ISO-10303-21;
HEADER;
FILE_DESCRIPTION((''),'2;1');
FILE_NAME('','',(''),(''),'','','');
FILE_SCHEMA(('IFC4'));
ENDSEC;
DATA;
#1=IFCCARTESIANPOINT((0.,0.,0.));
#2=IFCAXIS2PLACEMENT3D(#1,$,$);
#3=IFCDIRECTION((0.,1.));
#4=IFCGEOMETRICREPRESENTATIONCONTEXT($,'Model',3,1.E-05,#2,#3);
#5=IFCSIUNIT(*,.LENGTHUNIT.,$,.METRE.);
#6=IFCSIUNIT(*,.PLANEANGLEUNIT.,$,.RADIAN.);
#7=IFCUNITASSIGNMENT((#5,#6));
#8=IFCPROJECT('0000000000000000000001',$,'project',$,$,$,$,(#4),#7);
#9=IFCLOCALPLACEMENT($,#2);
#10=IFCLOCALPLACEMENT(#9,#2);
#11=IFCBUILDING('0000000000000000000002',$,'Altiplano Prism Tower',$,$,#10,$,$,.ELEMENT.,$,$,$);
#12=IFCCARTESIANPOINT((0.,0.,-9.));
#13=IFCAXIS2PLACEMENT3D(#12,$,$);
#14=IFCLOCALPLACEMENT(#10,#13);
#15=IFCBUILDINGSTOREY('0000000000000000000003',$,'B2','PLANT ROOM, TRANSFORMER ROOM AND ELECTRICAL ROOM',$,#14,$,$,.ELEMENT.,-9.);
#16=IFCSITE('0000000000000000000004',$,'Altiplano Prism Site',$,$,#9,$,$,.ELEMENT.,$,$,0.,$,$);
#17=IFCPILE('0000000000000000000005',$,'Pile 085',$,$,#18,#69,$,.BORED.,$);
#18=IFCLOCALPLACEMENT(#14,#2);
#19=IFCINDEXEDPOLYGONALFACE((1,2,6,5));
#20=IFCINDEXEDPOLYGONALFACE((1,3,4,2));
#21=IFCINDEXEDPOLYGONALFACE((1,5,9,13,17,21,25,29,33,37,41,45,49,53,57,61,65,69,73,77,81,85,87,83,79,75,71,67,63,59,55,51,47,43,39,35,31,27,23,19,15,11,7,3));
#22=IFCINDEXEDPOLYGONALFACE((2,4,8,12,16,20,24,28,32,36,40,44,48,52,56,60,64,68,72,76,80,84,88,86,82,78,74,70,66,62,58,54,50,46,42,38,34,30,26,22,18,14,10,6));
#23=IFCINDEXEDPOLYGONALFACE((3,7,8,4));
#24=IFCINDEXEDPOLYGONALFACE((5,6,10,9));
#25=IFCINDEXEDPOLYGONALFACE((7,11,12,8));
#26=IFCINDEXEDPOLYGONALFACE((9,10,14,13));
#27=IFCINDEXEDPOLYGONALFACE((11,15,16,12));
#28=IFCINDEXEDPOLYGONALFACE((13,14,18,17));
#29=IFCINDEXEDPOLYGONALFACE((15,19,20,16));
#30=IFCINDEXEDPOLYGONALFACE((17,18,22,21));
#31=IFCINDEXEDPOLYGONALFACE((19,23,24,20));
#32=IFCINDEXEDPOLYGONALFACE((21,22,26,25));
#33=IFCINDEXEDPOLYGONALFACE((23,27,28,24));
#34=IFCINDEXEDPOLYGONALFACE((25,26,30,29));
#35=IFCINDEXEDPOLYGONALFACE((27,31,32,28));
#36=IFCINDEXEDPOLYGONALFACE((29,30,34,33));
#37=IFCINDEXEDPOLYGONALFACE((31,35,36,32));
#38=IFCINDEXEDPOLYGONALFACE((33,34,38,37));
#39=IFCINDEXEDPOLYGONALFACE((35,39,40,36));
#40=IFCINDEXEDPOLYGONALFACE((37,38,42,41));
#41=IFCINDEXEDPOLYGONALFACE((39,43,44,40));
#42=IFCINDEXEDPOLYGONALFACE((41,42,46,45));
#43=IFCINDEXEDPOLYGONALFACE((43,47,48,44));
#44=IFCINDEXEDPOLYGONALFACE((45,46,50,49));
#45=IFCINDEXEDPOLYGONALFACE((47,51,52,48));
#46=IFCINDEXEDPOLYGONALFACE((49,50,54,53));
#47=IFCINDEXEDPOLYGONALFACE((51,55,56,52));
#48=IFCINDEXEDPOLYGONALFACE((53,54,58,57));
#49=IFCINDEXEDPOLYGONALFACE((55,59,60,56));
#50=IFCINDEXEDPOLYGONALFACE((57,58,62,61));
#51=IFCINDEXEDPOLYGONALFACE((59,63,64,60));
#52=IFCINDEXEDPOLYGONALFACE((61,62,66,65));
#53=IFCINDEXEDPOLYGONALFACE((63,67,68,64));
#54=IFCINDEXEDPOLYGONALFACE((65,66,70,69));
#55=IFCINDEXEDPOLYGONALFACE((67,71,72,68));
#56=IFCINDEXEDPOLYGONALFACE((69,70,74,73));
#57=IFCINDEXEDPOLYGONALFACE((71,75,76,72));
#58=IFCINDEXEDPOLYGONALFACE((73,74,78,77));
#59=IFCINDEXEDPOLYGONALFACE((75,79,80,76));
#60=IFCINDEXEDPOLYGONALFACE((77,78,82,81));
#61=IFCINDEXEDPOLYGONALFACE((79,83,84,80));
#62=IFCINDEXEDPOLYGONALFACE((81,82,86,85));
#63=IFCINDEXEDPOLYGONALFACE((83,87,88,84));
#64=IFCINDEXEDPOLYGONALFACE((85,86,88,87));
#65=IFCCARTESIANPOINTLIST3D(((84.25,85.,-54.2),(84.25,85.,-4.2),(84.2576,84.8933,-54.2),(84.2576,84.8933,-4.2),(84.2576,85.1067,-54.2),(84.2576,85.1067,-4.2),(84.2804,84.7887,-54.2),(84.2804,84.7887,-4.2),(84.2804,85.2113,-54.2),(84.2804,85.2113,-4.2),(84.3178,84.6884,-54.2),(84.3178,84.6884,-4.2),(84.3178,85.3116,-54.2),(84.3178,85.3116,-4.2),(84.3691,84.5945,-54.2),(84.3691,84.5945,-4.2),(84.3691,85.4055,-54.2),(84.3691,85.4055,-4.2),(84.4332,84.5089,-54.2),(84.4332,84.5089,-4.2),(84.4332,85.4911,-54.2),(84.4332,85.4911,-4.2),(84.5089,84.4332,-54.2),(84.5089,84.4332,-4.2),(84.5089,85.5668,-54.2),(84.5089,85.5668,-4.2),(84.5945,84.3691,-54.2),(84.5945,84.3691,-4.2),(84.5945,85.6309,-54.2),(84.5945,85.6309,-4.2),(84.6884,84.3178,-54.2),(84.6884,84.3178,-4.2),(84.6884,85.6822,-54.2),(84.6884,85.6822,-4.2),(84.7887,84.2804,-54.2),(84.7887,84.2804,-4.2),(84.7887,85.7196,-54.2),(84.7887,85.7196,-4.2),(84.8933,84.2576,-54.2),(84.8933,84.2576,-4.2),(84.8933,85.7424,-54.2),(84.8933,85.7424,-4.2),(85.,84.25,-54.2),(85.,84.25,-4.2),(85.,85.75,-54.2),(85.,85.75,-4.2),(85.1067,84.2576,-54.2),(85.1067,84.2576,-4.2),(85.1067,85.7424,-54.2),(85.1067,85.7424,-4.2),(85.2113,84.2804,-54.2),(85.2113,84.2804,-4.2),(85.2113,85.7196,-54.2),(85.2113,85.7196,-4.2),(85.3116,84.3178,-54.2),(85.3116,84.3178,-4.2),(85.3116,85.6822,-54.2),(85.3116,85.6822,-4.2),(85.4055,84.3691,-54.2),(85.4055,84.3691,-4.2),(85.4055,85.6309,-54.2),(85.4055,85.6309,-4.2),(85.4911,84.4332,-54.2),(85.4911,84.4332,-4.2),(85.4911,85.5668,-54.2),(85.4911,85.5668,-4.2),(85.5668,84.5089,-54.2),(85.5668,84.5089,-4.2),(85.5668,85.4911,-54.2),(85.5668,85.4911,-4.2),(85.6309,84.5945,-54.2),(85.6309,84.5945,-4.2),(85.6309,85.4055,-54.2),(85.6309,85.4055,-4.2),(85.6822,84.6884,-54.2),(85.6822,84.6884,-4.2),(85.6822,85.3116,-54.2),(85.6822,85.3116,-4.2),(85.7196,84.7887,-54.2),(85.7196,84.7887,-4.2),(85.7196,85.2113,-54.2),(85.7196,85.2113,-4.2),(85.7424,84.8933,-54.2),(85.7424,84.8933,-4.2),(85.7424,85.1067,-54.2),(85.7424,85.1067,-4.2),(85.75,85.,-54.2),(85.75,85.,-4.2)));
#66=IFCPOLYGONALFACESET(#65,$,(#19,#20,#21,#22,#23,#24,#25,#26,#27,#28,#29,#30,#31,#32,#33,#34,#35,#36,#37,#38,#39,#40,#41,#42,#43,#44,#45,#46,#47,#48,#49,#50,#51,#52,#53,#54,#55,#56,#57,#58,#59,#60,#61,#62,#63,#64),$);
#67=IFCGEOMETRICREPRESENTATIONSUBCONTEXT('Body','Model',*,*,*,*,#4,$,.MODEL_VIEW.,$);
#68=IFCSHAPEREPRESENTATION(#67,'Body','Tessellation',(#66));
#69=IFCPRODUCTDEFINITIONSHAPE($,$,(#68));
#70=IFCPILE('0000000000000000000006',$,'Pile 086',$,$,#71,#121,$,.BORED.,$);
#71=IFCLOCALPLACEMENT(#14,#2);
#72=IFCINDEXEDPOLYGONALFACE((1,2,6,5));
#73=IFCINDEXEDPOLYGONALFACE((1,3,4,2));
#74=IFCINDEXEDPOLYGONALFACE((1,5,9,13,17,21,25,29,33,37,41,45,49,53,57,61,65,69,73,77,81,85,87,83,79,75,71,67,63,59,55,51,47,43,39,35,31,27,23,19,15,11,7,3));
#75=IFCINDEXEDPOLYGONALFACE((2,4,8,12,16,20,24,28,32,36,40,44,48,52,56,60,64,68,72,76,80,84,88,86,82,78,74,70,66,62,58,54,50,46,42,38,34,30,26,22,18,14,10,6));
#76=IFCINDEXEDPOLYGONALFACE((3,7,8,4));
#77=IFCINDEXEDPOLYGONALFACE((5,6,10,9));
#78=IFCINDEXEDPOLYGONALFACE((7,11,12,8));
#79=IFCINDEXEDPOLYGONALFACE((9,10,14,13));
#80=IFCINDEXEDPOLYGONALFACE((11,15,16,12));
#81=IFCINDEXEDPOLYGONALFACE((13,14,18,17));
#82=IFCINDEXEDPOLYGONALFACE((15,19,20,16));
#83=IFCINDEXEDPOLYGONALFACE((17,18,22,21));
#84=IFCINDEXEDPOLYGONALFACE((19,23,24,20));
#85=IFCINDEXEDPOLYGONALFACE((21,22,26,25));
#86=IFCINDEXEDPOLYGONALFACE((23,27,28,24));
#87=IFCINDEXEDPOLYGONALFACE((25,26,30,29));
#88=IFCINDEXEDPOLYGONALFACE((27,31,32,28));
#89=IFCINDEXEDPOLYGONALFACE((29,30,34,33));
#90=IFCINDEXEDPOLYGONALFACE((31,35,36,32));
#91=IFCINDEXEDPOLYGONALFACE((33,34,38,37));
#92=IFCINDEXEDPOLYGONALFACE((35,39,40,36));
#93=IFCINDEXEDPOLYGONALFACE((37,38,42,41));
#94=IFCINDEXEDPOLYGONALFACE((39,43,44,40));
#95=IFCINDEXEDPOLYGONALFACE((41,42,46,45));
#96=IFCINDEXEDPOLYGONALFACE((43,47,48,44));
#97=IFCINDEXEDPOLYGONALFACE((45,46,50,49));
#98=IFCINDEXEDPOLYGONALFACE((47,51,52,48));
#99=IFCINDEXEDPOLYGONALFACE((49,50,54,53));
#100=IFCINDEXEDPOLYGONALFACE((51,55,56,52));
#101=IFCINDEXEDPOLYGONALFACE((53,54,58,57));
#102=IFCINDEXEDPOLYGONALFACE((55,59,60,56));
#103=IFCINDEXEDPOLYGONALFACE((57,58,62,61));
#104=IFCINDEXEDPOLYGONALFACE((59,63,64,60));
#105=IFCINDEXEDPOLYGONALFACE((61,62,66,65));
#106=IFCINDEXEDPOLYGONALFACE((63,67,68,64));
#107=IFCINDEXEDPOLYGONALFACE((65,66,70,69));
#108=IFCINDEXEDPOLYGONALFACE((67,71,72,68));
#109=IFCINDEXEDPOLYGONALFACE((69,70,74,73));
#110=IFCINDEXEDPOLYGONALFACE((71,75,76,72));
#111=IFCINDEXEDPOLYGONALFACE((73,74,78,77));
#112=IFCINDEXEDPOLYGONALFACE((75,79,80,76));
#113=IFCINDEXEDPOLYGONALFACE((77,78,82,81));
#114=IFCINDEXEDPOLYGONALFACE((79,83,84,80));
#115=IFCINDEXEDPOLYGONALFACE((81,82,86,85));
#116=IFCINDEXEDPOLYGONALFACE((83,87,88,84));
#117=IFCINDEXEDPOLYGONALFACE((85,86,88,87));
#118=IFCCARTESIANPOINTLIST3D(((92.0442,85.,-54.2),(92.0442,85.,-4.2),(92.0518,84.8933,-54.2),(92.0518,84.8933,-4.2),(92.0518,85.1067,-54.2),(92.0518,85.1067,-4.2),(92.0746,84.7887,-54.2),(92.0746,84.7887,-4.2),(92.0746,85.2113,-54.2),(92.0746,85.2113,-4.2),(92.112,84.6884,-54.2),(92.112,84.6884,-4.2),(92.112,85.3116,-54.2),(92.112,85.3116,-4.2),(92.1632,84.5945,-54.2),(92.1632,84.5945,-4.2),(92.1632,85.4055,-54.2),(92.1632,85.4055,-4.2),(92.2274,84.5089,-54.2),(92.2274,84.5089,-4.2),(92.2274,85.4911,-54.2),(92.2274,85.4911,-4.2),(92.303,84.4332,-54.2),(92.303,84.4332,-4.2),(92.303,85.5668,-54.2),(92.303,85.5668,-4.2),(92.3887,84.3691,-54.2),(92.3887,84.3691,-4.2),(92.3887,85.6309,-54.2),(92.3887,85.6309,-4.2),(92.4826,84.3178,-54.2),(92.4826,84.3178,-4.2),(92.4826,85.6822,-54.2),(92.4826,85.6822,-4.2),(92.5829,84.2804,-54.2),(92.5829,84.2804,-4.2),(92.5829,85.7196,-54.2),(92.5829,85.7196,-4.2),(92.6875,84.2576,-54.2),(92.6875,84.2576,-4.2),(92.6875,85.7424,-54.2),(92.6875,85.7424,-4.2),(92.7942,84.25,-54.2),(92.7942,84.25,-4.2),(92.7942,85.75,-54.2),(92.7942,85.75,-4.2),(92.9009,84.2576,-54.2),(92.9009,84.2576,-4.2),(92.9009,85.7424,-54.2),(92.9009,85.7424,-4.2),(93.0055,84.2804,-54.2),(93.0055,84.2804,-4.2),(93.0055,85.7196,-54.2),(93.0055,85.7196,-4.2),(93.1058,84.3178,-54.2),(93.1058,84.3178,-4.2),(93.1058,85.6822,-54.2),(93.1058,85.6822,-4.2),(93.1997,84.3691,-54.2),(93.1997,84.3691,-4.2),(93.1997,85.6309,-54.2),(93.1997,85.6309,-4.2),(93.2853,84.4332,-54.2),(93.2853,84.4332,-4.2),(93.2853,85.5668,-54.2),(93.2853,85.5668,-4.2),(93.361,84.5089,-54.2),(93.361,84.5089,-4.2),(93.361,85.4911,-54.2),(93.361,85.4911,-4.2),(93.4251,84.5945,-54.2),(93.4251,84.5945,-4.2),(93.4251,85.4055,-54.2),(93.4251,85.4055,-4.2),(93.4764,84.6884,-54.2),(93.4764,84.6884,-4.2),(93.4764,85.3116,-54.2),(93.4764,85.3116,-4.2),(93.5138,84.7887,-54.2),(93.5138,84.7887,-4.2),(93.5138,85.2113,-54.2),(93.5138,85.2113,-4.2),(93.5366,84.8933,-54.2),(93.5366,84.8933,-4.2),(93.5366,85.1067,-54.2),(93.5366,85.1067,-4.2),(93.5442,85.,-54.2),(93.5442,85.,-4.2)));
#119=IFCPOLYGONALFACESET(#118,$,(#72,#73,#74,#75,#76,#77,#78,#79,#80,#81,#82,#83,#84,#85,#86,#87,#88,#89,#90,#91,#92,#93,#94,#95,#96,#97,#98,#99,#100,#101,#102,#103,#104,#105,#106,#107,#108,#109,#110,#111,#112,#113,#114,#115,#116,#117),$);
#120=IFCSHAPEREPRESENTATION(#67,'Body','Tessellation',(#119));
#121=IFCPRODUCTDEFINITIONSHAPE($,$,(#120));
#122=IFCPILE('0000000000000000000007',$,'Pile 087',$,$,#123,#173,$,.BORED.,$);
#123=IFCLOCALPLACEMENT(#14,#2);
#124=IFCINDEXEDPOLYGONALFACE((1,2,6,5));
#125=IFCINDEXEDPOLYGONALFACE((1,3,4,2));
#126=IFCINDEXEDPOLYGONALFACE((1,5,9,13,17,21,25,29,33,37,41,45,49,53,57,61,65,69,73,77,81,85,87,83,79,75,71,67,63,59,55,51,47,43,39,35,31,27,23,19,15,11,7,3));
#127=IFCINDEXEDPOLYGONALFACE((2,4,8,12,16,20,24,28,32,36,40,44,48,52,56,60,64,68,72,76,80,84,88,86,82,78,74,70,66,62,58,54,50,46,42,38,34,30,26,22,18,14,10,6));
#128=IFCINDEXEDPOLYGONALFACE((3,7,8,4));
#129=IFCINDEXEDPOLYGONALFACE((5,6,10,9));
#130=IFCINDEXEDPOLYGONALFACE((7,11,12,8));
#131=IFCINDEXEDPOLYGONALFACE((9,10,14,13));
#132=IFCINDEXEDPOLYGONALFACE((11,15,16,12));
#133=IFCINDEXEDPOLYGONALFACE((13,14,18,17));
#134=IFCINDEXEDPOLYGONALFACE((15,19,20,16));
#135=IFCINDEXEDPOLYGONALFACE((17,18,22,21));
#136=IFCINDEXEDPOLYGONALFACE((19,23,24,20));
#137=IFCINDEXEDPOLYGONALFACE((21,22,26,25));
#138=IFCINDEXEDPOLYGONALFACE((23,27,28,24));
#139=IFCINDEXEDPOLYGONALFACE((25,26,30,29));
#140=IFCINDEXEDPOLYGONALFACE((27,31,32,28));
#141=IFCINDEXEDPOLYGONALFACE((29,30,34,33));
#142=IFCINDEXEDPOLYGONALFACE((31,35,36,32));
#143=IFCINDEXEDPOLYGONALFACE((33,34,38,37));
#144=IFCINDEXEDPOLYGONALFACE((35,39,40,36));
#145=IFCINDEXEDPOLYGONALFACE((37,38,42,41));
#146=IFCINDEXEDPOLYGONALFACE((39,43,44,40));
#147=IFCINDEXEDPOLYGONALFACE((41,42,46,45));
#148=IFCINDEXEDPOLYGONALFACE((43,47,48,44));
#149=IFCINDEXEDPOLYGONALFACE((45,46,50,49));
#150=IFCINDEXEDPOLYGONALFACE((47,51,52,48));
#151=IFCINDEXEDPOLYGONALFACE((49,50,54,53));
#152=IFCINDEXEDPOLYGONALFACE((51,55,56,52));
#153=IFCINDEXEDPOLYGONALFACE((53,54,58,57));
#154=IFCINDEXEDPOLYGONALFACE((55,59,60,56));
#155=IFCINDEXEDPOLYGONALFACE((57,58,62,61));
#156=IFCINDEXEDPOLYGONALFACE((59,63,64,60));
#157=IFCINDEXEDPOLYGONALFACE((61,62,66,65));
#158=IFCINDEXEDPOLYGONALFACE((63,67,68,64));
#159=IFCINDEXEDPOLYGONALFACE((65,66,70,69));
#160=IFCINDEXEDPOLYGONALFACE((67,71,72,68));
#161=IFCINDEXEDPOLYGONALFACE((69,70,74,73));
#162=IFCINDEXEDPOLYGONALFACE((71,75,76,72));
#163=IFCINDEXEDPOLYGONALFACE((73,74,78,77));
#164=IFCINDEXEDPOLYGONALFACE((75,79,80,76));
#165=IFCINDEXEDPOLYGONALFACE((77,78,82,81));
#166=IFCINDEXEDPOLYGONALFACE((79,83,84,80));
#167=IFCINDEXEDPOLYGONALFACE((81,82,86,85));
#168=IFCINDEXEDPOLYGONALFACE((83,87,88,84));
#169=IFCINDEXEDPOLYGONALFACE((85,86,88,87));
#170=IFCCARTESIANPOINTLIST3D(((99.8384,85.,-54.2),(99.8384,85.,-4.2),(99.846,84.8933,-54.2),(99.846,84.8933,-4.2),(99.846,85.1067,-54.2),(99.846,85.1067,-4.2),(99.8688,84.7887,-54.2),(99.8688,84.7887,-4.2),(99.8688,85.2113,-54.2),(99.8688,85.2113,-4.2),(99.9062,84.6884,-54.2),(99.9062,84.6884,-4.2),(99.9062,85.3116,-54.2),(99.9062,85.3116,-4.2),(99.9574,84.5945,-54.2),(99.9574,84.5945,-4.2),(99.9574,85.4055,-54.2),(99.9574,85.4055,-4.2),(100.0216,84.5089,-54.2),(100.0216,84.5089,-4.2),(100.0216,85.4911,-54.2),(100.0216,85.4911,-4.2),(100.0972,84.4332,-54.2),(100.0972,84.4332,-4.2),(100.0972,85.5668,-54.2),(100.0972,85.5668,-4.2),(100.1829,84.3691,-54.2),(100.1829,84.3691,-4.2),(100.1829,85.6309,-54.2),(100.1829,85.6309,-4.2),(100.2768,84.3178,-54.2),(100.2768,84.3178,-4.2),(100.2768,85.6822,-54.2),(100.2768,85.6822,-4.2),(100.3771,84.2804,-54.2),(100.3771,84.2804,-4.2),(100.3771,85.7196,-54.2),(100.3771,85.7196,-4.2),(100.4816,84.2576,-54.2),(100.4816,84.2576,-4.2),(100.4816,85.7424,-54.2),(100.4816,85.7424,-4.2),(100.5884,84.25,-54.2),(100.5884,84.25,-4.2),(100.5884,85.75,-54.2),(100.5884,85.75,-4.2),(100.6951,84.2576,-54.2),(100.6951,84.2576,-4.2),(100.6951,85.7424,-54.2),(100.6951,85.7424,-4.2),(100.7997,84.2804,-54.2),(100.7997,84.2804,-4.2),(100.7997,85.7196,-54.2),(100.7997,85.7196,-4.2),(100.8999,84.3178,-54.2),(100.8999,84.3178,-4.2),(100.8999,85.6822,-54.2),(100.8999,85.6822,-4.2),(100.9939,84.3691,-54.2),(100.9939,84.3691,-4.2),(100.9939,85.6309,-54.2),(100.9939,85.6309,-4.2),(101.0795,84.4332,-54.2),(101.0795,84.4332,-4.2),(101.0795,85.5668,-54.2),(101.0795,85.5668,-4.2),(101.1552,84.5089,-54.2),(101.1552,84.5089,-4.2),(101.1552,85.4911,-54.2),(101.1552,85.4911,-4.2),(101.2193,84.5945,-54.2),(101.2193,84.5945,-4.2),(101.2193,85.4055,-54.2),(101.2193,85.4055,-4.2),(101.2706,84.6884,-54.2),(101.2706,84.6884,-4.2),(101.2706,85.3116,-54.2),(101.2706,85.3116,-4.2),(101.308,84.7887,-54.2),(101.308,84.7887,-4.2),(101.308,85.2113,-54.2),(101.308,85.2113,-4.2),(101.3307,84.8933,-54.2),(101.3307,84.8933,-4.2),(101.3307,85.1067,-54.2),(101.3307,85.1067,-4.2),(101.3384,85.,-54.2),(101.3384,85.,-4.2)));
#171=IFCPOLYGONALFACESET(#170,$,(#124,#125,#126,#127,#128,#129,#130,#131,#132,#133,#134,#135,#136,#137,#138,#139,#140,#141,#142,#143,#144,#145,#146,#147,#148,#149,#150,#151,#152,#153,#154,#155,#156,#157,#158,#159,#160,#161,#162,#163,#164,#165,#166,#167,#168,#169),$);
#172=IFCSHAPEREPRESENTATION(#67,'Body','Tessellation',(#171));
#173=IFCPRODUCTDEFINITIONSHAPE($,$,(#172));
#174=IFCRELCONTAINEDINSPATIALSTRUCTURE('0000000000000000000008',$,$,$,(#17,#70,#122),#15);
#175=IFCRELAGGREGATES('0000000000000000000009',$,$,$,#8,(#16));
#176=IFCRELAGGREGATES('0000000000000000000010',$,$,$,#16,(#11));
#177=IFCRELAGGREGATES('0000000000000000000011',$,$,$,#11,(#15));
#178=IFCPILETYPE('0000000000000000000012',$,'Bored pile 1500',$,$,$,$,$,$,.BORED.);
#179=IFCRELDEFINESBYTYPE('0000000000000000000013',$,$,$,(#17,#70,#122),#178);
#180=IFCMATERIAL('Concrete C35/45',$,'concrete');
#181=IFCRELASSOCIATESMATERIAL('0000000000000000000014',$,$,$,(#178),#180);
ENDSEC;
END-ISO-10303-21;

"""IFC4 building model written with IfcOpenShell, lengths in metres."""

from ifc_helpers import new_model, si_unit, direction, frame, origin, origin_2d, place, context, subcontext, project, spatial, circle, extrude, material, material_profile, profile_set, type_object, element, save


model = new_model("IFC4")

# Units and contexts
model_context = context("Model", 3, precision=1e-05, world=origin(), true_north=direction((0.0, 1.0)))
body_context = subcontext(model_context, "Body", "Model", "MODEL_VIEW")
ifc_project = project(units=[si_unit("LENGTHUNIT", "METRE"), si_unit("PLANEANGLEUNIT", "RADIAN")], contexts=[model_context])

# Site, building, storey
site_placement = place(None, origin())
site = spatial("IfcSite", under=ifc_project, at=site_placement, Name="Altiplano Prism Site", CompositionType="ELEMENT", RefElevation=0.0)
building_placement = place(site_placement, origin())
building = spatial("IfcBuilding", under=site, at=building_placement, Name="Altiplano Prism Tower", CompositionType="ELEMENT")
storey_placement = place(building_placement, frame((0.0, 0.0, -9.0)))
storey = spatial("IfcBuildingStorey", under=building, at=storey_placement, Name="B2", Description="PLANT ROOM, TRANSFORMER ROOM AND ELECTRICAL ROOM", CompositionType="ELEMENT", Elevation=-9.0)

# Piles
ifc_material_1 = material(Name="Concrete C35/45", Category="concrete")
ifc_material_profile_1 = material_profile(ifc_material_1, circle(Radius=0.75, at=origin_2d()), Name="Bored pile 1500")
ifc_profile_set_1 = profile_set([ifc_material_profile_1], Name="Concrete C35/45")
pile_type = type_object("IfcPileType", Name="Bored pile 1500", PredefinedType="BORED", material=ifc_profile_set_1)
for number, where, z_axis, x_axis, name in (
    (1, (85.0, 85.0, -4.2), (0.0, 0.0, -1.0), (1.0, 0.0, 0.0), "Pile 085"),
    (2, (92.7942, 85.0, -4.2), (0.0, 0.0, -1.0), (1.0, 0.0, 0.0), "Pile 086"),
    (3, (100.5884, 85.0, -4.2), (0.0, 0.0, -1.0), (1.0, 0.0, 0.0), "Pile 087"),
):
    element("IfcPile", number, at=place(storey_placement, frame(where, z_axis=z_axis, x_axis=x_axis)), inside=storey, type_object=pile_type, Name=name, PredefinedType="BORED", context=body_context, shape_type="SweptSolid", body=[
        extrude(circle(Radius=0.75, at=origin_2d()), origin(), (0.0, 0.0, 1.0), 50.0),
    ])

save(model, "model.ifc")
